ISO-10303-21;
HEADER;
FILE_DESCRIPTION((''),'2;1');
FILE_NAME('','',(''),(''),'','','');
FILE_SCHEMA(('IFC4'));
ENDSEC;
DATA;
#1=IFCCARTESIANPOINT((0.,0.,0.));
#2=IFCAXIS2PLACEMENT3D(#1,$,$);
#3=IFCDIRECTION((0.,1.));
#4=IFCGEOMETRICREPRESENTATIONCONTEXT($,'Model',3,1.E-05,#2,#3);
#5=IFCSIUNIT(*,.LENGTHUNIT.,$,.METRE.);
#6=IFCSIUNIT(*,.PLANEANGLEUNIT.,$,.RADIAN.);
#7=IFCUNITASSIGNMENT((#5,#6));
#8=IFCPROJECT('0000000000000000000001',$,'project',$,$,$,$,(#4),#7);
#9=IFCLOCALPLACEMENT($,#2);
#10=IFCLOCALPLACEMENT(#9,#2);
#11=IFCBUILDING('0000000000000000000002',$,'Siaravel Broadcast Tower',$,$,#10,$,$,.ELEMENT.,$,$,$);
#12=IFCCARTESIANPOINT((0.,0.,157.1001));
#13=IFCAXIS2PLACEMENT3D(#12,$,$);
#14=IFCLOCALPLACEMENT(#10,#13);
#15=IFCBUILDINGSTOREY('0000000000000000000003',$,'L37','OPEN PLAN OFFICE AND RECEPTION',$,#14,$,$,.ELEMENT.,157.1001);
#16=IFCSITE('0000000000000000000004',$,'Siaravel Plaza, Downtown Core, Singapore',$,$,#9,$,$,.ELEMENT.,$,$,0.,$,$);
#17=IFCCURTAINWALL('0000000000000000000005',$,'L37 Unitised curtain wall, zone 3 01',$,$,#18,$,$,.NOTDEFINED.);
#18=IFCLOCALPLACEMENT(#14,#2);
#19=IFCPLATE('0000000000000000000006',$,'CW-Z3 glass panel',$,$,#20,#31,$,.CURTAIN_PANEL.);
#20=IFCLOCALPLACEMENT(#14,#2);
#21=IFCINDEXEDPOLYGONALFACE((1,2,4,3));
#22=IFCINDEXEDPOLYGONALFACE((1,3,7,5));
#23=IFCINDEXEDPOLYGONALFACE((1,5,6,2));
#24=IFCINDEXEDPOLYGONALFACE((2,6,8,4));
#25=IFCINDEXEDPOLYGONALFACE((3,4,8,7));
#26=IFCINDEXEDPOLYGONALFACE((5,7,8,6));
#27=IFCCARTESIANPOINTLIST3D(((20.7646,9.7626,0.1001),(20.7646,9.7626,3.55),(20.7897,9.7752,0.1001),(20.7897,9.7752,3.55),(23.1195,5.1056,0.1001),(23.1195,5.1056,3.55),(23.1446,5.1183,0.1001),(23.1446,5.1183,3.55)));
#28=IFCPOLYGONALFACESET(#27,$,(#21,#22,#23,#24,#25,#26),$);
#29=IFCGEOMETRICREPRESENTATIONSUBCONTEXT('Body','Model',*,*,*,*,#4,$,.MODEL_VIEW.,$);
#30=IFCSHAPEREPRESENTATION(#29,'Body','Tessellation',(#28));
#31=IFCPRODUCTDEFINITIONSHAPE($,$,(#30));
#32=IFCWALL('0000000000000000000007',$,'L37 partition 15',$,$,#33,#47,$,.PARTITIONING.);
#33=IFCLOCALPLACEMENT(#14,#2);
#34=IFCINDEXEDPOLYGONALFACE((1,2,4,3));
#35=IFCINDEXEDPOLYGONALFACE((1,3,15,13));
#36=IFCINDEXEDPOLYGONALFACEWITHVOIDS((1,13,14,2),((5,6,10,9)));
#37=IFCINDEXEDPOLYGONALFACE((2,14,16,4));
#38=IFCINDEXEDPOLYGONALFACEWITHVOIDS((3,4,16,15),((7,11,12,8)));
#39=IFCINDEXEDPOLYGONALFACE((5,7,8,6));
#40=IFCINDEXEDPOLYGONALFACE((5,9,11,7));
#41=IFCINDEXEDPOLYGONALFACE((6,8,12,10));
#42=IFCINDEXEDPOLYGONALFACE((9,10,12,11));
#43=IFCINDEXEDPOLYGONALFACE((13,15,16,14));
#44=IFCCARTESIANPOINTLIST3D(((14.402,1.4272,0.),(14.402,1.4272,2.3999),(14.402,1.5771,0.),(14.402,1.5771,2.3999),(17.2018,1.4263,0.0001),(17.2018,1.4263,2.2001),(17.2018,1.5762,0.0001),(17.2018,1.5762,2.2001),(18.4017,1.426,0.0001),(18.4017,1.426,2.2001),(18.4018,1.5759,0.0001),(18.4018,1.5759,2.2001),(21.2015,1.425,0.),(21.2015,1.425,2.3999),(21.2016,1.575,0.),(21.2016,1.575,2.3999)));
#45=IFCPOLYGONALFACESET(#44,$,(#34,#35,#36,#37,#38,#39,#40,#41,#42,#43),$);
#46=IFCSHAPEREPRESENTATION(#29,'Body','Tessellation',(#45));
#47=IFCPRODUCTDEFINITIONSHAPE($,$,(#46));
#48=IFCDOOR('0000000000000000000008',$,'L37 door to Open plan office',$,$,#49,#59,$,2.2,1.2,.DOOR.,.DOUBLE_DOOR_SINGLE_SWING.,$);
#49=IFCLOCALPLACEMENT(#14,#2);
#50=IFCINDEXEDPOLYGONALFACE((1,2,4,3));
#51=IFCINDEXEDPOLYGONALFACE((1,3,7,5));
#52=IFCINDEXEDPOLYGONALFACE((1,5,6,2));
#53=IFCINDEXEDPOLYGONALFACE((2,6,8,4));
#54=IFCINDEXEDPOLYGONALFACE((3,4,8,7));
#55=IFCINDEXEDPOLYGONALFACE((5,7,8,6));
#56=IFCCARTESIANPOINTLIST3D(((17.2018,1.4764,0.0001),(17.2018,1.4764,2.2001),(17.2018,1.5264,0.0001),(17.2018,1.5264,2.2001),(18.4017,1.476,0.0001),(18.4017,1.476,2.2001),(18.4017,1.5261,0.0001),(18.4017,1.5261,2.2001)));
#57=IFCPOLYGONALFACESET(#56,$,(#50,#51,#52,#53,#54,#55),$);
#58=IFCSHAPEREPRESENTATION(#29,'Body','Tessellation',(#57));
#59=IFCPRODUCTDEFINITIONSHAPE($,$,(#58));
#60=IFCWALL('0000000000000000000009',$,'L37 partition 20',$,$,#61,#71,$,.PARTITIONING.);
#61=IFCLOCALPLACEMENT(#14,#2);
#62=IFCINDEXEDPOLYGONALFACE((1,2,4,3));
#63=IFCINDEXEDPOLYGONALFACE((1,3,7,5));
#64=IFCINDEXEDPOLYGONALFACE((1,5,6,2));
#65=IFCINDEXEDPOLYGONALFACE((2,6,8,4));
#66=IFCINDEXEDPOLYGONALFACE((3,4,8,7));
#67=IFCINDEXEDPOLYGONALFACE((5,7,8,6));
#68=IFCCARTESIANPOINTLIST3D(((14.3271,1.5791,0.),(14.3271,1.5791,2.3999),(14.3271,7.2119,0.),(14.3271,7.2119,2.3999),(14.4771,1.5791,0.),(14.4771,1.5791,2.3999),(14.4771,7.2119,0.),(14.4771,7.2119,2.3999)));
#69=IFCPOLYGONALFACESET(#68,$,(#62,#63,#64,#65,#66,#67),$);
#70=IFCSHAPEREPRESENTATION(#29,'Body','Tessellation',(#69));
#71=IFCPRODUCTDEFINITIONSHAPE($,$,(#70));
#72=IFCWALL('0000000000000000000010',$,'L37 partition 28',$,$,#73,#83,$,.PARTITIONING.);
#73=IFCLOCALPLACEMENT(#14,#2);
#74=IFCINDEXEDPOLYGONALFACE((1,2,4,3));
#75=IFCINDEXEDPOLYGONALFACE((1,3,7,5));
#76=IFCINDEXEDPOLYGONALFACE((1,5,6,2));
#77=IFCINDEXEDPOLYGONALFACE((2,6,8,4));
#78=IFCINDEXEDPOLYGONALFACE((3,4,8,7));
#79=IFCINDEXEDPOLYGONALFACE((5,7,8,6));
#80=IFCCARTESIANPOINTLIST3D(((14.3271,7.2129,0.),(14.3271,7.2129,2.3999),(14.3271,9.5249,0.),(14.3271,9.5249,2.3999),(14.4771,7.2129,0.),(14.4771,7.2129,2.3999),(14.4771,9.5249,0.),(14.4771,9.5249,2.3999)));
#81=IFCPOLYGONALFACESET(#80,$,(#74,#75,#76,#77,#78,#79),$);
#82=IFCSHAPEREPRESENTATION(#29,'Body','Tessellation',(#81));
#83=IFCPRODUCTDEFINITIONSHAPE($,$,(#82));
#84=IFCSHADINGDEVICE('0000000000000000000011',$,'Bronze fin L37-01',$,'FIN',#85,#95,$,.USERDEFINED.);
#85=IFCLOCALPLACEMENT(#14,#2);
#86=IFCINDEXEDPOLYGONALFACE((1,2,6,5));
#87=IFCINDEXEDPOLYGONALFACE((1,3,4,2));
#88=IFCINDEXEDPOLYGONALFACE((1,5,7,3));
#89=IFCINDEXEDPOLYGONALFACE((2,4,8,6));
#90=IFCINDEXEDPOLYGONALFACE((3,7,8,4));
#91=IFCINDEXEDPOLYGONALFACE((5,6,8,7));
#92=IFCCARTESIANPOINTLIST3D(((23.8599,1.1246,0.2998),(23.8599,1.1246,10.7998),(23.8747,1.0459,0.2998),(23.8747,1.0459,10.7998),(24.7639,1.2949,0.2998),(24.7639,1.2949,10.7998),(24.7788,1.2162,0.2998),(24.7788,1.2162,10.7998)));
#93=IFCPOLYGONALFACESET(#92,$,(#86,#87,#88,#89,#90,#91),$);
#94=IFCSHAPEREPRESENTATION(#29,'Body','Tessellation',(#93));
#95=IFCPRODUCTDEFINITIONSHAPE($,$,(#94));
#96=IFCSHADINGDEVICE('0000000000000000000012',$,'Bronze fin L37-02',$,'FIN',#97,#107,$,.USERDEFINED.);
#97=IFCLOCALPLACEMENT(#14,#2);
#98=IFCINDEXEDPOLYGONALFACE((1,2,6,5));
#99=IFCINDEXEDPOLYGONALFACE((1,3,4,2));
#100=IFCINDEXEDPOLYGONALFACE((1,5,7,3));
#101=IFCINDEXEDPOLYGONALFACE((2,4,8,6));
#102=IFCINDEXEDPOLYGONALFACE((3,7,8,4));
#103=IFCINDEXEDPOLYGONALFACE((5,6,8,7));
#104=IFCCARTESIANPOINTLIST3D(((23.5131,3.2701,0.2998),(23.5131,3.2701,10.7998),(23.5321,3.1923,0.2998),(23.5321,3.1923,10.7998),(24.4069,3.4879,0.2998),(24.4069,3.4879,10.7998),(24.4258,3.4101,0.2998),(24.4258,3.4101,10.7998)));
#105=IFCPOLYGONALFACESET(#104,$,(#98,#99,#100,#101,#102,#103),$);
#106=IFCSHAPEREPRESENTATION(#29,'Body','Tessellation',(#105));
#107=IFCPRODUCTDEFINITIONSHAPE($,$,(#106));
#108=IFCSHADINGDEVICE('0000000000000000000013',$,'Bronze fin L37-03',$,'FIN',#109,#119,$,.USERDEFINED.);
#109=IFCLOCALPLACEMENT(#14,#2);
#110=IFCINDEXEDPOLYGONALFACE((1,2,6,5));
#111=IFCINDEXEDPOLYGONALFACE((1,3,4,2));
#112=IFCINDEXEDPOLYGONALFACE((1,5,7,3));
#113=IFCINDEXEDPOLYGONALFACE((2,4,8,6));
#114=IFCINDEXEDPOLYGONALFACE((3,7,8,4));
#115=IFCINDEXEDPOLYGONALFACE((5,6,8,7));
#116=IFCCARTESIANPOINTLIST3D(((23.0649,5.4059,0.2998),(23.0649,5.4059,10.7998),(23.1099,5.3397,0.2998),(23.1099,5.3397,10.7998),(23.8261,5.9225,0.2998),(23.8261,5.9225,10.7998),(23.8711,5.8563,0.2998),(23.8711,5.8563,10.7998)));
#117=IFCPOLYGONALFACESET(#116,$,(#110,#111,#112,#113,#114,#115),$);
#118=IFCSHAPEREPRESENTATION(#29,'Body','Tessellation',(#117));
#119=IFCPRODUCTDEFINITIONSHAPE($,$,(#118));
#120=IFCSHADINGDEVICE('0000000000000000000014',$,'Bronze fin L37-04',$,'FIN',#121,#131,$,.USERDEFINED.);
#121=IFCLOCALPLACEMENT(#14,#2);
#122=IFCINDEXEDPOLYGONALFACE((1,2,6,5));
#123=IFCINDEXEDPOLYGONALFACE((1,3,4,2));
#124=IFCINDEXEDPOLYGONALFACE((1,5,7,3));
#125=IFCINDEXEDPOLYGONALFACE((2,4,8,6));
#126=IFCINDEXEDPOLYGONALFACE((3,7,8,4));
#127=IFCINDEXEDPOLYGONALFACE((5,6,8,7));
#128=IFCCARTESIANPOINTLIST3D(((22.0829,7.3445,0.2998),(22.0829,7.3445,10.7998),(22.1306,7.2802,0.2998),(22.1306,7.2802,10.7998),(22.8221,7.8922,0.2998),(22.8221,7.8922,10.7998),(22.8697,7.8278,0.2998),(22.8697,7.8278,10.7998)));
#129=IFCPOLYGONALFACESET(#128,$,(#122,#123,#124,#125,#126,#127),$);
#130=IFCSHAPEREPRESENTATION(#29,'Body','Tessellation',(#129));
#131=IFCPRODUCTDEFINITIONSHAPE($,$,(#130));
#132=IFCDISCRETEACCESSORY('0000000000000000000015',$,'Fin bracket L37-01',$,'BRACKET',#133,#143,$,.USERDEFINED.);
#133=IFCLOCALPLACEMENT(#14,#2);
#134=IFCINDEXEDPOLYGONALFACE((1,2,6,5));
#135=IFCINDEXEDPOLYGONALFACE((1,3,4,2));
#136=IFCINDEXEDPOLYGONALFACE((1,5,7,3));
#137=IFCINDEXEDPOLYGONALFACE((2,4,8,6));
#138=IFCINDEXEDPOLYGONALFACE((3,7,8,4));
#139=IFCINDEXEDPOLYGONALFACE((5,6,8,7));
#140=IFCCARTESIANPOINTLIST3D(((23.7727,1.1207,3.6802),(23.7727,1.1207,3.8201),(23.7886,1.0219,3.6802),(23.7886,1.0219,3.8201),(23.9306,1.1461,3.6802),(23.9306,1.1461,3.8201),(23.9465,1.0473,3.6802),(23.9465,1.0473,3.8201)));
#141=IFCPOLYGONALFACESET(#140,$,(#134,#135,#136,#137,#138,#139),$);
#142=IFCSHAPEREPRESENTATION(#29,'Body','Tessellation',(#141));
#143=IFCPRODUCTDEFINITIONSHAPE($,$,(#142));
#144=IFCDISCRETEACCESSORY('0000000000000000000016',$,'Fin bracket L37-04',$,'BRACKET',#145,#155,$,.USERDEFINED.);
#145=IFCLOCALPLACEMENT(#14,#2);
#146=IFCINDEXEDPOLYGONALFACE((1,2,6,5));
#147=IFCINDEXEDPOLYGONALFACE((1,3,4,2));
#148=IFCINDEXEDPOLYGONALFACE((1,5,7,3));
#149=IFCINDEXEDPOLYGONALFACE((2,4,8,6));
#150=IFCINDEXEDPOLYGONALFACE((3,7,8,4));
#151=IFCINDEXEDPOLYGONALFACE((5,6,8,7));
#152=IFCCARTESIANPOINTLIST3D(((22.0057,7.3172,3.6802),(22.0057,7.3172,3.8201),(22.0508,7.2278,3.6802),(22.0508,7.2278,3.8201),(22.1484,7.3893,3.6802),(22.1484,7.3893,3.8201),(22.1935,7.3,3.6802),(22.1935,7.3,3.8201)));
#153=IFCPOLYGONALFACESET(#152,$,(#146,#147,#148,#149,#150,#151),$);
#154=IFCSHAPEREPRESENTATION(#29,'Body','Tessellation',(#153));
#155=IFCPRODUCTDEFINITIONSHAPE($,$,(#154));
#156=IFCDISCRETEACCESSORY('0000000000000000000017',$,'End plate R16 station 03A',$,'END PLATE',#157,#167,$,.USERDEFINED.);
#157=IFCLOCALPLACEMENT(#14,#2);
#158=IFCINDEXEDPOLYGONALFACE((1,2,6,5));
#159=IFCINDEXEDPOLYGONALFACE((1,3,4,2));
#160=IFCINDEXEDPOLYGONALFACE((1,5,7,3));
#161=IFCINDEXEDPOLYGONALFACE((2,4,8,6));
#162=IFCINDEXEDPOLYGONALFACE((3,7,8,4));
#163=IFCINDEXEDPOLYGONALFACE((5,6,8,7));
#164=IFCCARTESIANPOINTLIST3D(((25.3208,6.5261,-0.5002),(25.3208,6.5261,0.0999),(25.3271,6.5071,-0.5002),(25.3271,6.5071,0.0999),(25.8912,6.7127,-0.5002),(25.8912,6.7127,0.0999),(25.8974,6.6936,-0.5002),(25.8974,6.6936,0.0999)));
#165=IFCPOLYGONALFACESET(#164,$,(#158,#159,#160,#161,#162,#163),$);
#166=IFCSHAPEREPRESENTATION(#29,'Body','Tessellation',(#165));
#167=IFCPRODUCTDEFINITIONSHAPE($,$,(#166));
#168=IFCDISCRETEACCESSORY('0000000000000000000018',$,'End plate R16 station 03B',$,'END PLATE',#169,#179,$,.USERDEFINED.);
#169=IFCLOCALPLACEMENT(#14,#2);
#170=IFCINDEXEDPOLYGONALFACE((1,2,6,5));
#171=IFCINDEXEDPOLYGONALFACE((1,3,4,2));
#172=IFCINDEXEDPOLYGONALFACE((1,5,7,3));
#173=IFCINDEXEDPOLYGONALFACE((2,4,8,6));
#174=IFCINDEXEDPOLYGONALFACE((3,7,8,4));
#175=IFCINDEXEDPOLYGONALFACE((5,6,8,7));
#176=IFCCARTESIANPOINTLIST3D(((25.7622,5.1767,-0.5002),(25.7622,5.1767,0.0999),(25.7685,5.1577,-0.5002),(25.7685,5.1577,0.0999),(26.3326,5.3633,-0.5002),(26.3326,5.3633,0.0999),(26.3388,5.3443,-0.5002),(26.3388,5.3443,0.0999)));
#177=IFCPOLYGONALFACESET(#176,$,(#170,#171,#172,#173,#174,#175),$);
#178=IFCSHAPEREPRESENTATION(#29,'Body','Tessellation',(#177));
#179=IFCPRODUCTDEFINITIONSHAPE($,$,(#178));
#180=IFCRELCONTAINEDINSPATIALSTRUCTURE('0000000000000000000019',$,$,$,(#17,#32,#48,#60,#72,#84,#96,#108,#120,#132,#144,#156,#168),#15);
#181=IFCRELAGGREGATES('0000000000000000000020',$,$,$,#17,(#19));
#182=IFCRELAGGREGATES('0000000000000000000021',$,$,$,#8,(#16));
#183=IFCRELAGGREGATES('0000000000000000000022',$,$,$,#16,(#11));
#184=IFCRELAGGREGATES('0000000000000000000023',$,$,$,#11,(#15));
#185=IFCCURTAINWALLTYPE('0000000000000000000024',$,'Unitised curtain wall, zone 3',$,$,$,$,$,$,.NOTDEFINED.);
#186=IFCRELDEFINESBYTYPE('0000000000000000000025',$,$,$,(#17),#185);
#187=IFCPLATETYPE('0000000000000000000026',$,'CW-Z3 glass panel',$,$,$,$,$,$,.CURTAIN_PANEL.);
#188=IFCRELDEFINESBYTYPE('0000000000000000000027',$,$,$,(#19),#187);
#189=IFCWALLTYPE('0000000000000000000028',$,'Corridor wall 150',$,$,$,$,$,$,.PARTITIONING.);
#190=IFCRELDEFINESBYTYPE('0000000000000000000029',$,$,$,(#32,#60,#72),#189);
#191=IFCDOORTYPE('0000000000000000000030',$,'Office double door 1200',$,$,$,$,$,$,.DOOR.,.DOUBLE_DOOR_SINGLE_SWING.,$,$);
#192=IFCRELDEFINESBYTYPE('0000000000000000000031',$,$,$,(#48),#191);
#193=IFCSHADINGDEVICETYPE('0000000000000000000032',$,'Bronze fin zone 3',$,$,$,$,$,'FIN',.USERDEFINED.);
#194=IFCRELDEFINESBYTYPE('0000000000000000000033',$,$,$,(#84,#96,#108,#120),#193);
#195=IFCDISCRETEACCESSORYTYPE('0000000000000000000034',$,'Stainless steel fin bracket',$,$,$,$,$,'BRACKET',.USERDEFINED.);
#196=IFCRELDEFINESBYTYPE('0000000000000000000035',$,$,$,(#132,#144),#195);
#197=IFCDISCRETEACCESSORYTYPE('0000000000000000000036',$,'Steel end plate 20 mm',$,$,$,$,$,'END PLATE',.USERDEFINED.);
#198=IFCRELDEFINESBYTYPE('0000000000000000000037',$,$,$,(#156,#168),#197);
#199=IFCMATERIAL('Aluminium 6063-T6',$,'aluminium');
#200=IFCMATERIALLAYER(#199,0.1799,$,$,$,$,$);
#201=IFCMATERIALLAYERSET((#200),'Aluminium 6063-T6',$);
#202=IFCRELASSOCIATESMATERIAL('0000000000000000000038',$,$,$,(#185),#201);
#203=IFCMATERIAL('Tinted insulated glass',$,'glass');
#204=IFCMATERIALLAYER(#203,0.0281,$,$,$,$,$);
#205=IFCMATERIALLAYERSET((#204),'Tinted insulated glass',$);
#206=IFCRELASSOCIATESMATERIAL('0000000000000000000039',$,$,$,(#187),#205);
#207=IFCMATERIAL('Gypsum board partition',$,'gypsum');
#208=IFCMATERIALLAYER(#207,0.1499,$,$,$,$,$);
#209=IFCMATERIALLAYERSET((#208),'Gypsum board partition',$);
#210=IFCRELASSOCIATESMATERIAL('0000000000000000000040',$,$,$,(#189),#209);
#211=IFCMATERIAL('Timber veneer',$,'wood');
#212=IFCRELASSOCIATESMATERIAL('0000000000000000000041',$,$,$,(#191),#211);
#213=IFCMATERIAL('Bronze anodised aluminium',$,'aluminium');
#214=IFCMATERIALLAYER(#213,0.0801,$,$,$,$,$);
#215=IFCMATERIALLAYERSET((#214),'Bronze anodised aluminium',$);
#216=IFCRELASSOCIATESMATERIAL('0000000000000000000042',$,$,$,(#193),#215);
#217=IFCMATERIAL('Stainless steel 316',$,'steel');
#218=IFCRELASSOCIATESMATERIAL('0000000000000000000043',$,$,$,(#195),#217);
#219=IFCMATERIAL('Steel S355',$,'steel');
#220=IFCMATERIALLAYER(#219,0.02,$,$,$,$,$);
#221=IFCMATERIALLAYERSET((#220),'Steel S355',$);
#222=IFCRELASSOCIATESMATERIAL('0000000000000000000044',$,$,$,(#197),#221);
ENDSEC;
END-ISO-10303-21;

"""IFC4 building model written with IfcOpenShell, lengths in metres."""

from ifc_helpers import new_model, si_unit, direction, frame, frame_2d, origin, origin_2d, place, context, subcontext, project, spatial, rectangle, extrude, material, layer, layer_set, type_object, element, fill, aggregate, save


model = new_model("IFC4")

# Units and contexts
model_context = context("Model", 3, precision=1e-05, world=origin(), true_north=direction((0.0, 1.0)))
body_context = subcontext(model_context, "Body", "Model", "MODEL_VIEW")
ifc_project = project(units=[si_unit("LENGTHUNIT", "METRE"), si_unit("PLANEANGLEUNIT", "RADIAN")], contexts=[model_context])

# Site, building, storey
site_placement = place(None, origin())
site = spatial("IfcSite", under=ifc_project, at=site_placement, Name="Siaravel Plaza, Downtown Core, Singapore", CompositionType="ELEMENT", RefElevation=0.0)
building_placement = place(site_placement, origin())
building = spatial("IfcBuilding", under=site, at=building_placement, Name="Siaravel Broadcast Tower", CompositionType="ELEMENT")
storey_placement = place(building_placement, frame((0.0, 0.0, 157.1001)))
storey = spatial("IfcBuildingStorey", under=building, at=storey_placement, Name="L37", Description="OPEN PLAN OFFICE AND RECEPTION", CompositionType="ELEMENT", Elevation=157.1001)

# Shared definitions
ifc_material_1 = material(Name="Steel S355", Category="steel")

# Curtain wall
ifc_material_2 = material(Name="Aluminium 6063-T6", Category="aluminium")
ifc_layer_1 = layer(ifc_material_2, 0.1799)
ifc_layer_set_1 = layer_set([ifc_layer_1], Name="Aluminium 6063-T6")
curtain_wall_type = type_object("IfcCurtainWallType", Name="Unitised curtain wall, zone 3", PredefinedType="NOTDEFINED", material=ifc_layer_set_1)
curtain_wall_placement = place(storey_placement, origin())
curtain_wall = element("IfcCurtainWall", 1, at=curtain_wall_placement, inside=storey, type_object=curtain_wall_type, Name="L37 Unitised curtain wall, zone 3 01", PredefinedType="NOTDEFINED")

# Plate
ifc_material_3 = material(Name="Tinted insulated glass", Category="glass")
ifc_layer_2 = layer(ifc_material_3, 0.0281)
ifc_layer_set_2 = layer_set([ifc_layer_2], Name="Tinted insulated glass")
plate_type = type_object("IfcPlateType", Name="CW-Z3 glass panel", PredefinedType="CURTAIN_PANEL", material=ifc_layer_set_2)
plate_1_placement = place(storey_placement, frame((21.9546, 7.4404, 0.1001), z_axis=(0.0, 0.0, 1.0), x_axis=(-0.45126, 0.892393, 0.0)))
plate_1 = element("IfcPlate", 2, at=plate_1_placement, type_object=plate_type, Name="CW-Z3 glass panel", PredefinedType="CURTAIN_PANEL", context=body_context, shape_type="SweptSolid", body=[
    extrude(rectangle(XDim=5.2185, YDim=0.0281, at=origin_2d()), origin(), (0.0, 0.0, 1.0), 3.45),
])
aggregate(curtain_wall, [plate_1])

# Wall, opening, door
ifc_material_4 = material(Name="Gypsum board partition", Category="gypsum")
ifc_layer_3 = layer(ifc_material_4, 0.1499)
ifc_layer_set_3 = layer_set([ifc_layer_3], Name="Gypsum board partition")
wall_type = type_object("IfcWallType", Name="Corridor wall 150", PredefinedType="PARTITIONING", material=ifc_layer_set_3)
wall_1_placement = place(storey_placement, frame((21.2017, 1.5, 0.0), z_axis=(0.0, 0.0, 1.0), x_axis=(-1.0, 0.000323, 0.0)))
wall_1 = element("IfcWall", 3, at=wall_1_placement, inside=storey, type_object=wall_type, Name="L37 partition 15", PredefinedType="PARTITIONING", context=body_context, shape_type="SweptSolid", body=[
    extrude(rectangle(XDim=6.7996, YDim=0.1499, at=frame_2d((3.3999, 0.0))), origin(), (0.0, 0.0, 1.0), 2.3999),
])
opening_placement = place(wall_1_placement, frame((2.7998, 0.0, 0.0)))
opening = element("IfcOpeningElement", 4, at=opening_placement, cuts=wall_1, PredefinedType="OPENING", context=body_context, shape_type="SweptSolid", body=[
    extrude(rectangle(XDim=1.2, YDim=2.2, at=frame_2d((0.6001, 1.1001))), frame((0.0, 0.085, 0.0), z_axis=(0.0, -1.0, 0.0), x_axis=(1.0, 0.0, 0.0)), (0.0, 0.0, 1.0), 0.1699),
])
ifc_material_5 = material(Name="Timber veneer", Category="wood")
door_type = type_object("IfcDoorType", Name="Office double door 1200", OperationType="DOUBLE_DOOR_SINGLE_SWING", PredefinedType="DOOR", material=ifc_material_5)
door_placement = place(opening_placement, origin())
door = element("IfcDoor", 5, at=door_placement, inside=storey, type_object=door_type, Name="L37 door to Open plan office", OperationType="DOUBLE_DOOR_SINGLE_SWING", OverallHeight=2.2, OverallWidth=1.2, PredefinedType="DOOR", context=body_context, shape_type="SweptSolid", body=[
    extrude(rectangle(XDim=1.2, YDim=2.2, at=frame_2d((0.6001, 1.1001))), frame((0.0, 0.0249, 0.0), z_axis=(0.0, -1.0, 0.0), x_axis=(1.0, 0.0, 0.0)), (0.0, 0.0, 1.0), 0.05),
])
fill(opening, door)

# Walls
wall_2_placement = place(storey_placement, frame((14.4021, 1.5791, 0.0), z_axis=(0.0, 0.0, 1.0), x_axis=(0.0, 1.0, 0.0)))
element("IfcWall", 6, at=wall_2_placement, inside=storey, type_object=wall_type, Name="L37 partition 20", PredefinedType="PARTITIONING", context=body_context, shape_type="SweptSolid", body=[
    extrude(rectangle(XDim=5.6328, YDim=0.1499, at=frame_2d((2.8164, 0.0))), origin(), (0.0, 0.0, 1.0), 2.3999),
])
wall_3_placement = place(storey_placement, frame((14.4021, 7.2129, 0.0), z_axis=(0.0, 0.0, 1.0), x_axis=(0.0, 1.0, 0.0)))
element("IfcWall", 7, at=wall_3_placement, inside=storey, type_object=wall_type, Name="L37 partition 28", PredefinedType="PARTITIONING", context=body_context, shape_type="SweptSolid", body=[
    extrude(rectangle(XDim=2.312, YDim=0.1499, at=frame_2d((1.156, 0.0))), origin(), (0.0, 0.0, 1.0), 2.3999),
])

# Shading devices
ifc_material_6 = material(Name="Bronze anodised aluminium", Category="aluminium")
ifc_layer_4 = layer(ifc_material_6, 0.0801)
ifc_layer_set_4 = layer_set([ifc_layer_4], Name="Bronze anodised aluminium")
shading_device_type = type_object("IfcShadingDeviceType", Name="Bronze fin zone 3", ElementType="FIN", PredefinedType="USERDEFINED", material=ifc_layer_set_4)
for number, where, z_axis, x_axis, name in (
    (8, (24.3193, 1.1704, 0.2998), (0.0, 0.0, 1.0), (0.982718, 0.185109, 0.0), "Bronze fin L37-01"),
    (9, (23.9695, 3.3401, 0.2998), (0.0, 0.0, 1.0), (0.971569, 0.236757, 0.0), "Bronze fin L37-02"),
    (10, (23.468, 5.6311, 0.2998), (0.0, 0.0, 1.0), (0.827441, 0.561552, 0.0), "Bronze fin L37-03"),
    (11, (22.4763, 7.5862, 0.2998), (0.0, 0.0, 1.0), (0.803499, 0.595307, 0.0), "Bronze fin L37-04"),
):
    element("IfcShadingDevice", number, at=place(storey_placement, frame(where, z_axis=z_axis, x_axis=x_axis)), inside=storey, type_object=shading_device_type, Name=name, ObjectType="FIN", PredefinedType="USERDEFINED", context=body_context, shape_type="SweptSolid", body=[
        extrude(rectangle(XDim=0.9199, YDim=0.0801, at=origin_2d()), origin(), (0.0, 0.0, 1.0), 10.5),
    ])

# Discrete accessories
ifc_material_7 = material(Name="Stainless steel 316", Category="steel")
discrete_accessory_type_1 = type_object("IfcDiscreteAccessoryType", Name="Stainless steel fin bracket", ElementType="BRACKET", PredefinedType="USERDEFINED", material=ifc_material_7)
for number, where, z_axis, x_axis, name in (
    (12, (23.8596, 1.084, 3.6802), (0.0, 0.0, 1.0), (0.987329, 0.158685, 0.0), "Fin bracket L37-01"),
    (13, (22.0996, 7.3086, 3.6802), (0.0, 0.0, 1.0), (0.892393, 0.451259, 0.0), "Fin bracket L37-04"),
):
    element("IfcDiscreteAccessory", number, at=place(storey_placement, frame(where, z_axis=z_axis, x_axis=x_axis)), inside=storey, type_object=discrete_accessory_type_1, Name=name, ObjectType="BRACKET", PredefinedType="USERDEFINED", context=body_context, shape_type="SweptSolid", body=[
        extrude(rectangle(XDim=0.1599, YDim=0.1001, at=origin_2d()), origin(), (0.0, 0.0, 1.0), 0.1399),
    ])
ifc_layer_5 = layer(ifc_material_1, 0.02)
ifc_layer_set_5 = layer_set([ifc_layer_5], Name="Steel S355")
discrete_accessory_type_2 = type_object("IfcDiscreteAccessoryType", Name="Steel end plate 20 mm", ElementType="END PLATE", PredefinedType="USERDEFINED", material=ifc_layer_set_5)
for number, where, z_axis, x_axis, name in (
    (14, (25.6091, 6.6099, -0.5002), (0.0, 0.0, 1.0), (-0.31091, 0.950439, 0.0), "End plate R16 station 03A"),
    (15, (26.0505, 5.2605, -0.5002), (0.0, 0.0, 1.0), (-0.31091, 0.950439, 0.0), "End plate R16 station 03B"),
):
    element("IfcDiscreteAccessory", number, at=place(storey_placement, frame(where, z_axis=z_axis, x_axis=x_axis)), inside=storey, type_object=discrete_accessory_type_2, Name=name, ObjectType="END PLATE", PredefinedType="USERDEFINED", context=body_context, shape_type="SweptSolid", body=[
        extrude(rectangle(XDim=0.02, YDim=0.6001, at=origin_2d()), origin(), (0.0, 0.0, 1.0), 0.6001),
    ])

save(model, "model.ifc")
